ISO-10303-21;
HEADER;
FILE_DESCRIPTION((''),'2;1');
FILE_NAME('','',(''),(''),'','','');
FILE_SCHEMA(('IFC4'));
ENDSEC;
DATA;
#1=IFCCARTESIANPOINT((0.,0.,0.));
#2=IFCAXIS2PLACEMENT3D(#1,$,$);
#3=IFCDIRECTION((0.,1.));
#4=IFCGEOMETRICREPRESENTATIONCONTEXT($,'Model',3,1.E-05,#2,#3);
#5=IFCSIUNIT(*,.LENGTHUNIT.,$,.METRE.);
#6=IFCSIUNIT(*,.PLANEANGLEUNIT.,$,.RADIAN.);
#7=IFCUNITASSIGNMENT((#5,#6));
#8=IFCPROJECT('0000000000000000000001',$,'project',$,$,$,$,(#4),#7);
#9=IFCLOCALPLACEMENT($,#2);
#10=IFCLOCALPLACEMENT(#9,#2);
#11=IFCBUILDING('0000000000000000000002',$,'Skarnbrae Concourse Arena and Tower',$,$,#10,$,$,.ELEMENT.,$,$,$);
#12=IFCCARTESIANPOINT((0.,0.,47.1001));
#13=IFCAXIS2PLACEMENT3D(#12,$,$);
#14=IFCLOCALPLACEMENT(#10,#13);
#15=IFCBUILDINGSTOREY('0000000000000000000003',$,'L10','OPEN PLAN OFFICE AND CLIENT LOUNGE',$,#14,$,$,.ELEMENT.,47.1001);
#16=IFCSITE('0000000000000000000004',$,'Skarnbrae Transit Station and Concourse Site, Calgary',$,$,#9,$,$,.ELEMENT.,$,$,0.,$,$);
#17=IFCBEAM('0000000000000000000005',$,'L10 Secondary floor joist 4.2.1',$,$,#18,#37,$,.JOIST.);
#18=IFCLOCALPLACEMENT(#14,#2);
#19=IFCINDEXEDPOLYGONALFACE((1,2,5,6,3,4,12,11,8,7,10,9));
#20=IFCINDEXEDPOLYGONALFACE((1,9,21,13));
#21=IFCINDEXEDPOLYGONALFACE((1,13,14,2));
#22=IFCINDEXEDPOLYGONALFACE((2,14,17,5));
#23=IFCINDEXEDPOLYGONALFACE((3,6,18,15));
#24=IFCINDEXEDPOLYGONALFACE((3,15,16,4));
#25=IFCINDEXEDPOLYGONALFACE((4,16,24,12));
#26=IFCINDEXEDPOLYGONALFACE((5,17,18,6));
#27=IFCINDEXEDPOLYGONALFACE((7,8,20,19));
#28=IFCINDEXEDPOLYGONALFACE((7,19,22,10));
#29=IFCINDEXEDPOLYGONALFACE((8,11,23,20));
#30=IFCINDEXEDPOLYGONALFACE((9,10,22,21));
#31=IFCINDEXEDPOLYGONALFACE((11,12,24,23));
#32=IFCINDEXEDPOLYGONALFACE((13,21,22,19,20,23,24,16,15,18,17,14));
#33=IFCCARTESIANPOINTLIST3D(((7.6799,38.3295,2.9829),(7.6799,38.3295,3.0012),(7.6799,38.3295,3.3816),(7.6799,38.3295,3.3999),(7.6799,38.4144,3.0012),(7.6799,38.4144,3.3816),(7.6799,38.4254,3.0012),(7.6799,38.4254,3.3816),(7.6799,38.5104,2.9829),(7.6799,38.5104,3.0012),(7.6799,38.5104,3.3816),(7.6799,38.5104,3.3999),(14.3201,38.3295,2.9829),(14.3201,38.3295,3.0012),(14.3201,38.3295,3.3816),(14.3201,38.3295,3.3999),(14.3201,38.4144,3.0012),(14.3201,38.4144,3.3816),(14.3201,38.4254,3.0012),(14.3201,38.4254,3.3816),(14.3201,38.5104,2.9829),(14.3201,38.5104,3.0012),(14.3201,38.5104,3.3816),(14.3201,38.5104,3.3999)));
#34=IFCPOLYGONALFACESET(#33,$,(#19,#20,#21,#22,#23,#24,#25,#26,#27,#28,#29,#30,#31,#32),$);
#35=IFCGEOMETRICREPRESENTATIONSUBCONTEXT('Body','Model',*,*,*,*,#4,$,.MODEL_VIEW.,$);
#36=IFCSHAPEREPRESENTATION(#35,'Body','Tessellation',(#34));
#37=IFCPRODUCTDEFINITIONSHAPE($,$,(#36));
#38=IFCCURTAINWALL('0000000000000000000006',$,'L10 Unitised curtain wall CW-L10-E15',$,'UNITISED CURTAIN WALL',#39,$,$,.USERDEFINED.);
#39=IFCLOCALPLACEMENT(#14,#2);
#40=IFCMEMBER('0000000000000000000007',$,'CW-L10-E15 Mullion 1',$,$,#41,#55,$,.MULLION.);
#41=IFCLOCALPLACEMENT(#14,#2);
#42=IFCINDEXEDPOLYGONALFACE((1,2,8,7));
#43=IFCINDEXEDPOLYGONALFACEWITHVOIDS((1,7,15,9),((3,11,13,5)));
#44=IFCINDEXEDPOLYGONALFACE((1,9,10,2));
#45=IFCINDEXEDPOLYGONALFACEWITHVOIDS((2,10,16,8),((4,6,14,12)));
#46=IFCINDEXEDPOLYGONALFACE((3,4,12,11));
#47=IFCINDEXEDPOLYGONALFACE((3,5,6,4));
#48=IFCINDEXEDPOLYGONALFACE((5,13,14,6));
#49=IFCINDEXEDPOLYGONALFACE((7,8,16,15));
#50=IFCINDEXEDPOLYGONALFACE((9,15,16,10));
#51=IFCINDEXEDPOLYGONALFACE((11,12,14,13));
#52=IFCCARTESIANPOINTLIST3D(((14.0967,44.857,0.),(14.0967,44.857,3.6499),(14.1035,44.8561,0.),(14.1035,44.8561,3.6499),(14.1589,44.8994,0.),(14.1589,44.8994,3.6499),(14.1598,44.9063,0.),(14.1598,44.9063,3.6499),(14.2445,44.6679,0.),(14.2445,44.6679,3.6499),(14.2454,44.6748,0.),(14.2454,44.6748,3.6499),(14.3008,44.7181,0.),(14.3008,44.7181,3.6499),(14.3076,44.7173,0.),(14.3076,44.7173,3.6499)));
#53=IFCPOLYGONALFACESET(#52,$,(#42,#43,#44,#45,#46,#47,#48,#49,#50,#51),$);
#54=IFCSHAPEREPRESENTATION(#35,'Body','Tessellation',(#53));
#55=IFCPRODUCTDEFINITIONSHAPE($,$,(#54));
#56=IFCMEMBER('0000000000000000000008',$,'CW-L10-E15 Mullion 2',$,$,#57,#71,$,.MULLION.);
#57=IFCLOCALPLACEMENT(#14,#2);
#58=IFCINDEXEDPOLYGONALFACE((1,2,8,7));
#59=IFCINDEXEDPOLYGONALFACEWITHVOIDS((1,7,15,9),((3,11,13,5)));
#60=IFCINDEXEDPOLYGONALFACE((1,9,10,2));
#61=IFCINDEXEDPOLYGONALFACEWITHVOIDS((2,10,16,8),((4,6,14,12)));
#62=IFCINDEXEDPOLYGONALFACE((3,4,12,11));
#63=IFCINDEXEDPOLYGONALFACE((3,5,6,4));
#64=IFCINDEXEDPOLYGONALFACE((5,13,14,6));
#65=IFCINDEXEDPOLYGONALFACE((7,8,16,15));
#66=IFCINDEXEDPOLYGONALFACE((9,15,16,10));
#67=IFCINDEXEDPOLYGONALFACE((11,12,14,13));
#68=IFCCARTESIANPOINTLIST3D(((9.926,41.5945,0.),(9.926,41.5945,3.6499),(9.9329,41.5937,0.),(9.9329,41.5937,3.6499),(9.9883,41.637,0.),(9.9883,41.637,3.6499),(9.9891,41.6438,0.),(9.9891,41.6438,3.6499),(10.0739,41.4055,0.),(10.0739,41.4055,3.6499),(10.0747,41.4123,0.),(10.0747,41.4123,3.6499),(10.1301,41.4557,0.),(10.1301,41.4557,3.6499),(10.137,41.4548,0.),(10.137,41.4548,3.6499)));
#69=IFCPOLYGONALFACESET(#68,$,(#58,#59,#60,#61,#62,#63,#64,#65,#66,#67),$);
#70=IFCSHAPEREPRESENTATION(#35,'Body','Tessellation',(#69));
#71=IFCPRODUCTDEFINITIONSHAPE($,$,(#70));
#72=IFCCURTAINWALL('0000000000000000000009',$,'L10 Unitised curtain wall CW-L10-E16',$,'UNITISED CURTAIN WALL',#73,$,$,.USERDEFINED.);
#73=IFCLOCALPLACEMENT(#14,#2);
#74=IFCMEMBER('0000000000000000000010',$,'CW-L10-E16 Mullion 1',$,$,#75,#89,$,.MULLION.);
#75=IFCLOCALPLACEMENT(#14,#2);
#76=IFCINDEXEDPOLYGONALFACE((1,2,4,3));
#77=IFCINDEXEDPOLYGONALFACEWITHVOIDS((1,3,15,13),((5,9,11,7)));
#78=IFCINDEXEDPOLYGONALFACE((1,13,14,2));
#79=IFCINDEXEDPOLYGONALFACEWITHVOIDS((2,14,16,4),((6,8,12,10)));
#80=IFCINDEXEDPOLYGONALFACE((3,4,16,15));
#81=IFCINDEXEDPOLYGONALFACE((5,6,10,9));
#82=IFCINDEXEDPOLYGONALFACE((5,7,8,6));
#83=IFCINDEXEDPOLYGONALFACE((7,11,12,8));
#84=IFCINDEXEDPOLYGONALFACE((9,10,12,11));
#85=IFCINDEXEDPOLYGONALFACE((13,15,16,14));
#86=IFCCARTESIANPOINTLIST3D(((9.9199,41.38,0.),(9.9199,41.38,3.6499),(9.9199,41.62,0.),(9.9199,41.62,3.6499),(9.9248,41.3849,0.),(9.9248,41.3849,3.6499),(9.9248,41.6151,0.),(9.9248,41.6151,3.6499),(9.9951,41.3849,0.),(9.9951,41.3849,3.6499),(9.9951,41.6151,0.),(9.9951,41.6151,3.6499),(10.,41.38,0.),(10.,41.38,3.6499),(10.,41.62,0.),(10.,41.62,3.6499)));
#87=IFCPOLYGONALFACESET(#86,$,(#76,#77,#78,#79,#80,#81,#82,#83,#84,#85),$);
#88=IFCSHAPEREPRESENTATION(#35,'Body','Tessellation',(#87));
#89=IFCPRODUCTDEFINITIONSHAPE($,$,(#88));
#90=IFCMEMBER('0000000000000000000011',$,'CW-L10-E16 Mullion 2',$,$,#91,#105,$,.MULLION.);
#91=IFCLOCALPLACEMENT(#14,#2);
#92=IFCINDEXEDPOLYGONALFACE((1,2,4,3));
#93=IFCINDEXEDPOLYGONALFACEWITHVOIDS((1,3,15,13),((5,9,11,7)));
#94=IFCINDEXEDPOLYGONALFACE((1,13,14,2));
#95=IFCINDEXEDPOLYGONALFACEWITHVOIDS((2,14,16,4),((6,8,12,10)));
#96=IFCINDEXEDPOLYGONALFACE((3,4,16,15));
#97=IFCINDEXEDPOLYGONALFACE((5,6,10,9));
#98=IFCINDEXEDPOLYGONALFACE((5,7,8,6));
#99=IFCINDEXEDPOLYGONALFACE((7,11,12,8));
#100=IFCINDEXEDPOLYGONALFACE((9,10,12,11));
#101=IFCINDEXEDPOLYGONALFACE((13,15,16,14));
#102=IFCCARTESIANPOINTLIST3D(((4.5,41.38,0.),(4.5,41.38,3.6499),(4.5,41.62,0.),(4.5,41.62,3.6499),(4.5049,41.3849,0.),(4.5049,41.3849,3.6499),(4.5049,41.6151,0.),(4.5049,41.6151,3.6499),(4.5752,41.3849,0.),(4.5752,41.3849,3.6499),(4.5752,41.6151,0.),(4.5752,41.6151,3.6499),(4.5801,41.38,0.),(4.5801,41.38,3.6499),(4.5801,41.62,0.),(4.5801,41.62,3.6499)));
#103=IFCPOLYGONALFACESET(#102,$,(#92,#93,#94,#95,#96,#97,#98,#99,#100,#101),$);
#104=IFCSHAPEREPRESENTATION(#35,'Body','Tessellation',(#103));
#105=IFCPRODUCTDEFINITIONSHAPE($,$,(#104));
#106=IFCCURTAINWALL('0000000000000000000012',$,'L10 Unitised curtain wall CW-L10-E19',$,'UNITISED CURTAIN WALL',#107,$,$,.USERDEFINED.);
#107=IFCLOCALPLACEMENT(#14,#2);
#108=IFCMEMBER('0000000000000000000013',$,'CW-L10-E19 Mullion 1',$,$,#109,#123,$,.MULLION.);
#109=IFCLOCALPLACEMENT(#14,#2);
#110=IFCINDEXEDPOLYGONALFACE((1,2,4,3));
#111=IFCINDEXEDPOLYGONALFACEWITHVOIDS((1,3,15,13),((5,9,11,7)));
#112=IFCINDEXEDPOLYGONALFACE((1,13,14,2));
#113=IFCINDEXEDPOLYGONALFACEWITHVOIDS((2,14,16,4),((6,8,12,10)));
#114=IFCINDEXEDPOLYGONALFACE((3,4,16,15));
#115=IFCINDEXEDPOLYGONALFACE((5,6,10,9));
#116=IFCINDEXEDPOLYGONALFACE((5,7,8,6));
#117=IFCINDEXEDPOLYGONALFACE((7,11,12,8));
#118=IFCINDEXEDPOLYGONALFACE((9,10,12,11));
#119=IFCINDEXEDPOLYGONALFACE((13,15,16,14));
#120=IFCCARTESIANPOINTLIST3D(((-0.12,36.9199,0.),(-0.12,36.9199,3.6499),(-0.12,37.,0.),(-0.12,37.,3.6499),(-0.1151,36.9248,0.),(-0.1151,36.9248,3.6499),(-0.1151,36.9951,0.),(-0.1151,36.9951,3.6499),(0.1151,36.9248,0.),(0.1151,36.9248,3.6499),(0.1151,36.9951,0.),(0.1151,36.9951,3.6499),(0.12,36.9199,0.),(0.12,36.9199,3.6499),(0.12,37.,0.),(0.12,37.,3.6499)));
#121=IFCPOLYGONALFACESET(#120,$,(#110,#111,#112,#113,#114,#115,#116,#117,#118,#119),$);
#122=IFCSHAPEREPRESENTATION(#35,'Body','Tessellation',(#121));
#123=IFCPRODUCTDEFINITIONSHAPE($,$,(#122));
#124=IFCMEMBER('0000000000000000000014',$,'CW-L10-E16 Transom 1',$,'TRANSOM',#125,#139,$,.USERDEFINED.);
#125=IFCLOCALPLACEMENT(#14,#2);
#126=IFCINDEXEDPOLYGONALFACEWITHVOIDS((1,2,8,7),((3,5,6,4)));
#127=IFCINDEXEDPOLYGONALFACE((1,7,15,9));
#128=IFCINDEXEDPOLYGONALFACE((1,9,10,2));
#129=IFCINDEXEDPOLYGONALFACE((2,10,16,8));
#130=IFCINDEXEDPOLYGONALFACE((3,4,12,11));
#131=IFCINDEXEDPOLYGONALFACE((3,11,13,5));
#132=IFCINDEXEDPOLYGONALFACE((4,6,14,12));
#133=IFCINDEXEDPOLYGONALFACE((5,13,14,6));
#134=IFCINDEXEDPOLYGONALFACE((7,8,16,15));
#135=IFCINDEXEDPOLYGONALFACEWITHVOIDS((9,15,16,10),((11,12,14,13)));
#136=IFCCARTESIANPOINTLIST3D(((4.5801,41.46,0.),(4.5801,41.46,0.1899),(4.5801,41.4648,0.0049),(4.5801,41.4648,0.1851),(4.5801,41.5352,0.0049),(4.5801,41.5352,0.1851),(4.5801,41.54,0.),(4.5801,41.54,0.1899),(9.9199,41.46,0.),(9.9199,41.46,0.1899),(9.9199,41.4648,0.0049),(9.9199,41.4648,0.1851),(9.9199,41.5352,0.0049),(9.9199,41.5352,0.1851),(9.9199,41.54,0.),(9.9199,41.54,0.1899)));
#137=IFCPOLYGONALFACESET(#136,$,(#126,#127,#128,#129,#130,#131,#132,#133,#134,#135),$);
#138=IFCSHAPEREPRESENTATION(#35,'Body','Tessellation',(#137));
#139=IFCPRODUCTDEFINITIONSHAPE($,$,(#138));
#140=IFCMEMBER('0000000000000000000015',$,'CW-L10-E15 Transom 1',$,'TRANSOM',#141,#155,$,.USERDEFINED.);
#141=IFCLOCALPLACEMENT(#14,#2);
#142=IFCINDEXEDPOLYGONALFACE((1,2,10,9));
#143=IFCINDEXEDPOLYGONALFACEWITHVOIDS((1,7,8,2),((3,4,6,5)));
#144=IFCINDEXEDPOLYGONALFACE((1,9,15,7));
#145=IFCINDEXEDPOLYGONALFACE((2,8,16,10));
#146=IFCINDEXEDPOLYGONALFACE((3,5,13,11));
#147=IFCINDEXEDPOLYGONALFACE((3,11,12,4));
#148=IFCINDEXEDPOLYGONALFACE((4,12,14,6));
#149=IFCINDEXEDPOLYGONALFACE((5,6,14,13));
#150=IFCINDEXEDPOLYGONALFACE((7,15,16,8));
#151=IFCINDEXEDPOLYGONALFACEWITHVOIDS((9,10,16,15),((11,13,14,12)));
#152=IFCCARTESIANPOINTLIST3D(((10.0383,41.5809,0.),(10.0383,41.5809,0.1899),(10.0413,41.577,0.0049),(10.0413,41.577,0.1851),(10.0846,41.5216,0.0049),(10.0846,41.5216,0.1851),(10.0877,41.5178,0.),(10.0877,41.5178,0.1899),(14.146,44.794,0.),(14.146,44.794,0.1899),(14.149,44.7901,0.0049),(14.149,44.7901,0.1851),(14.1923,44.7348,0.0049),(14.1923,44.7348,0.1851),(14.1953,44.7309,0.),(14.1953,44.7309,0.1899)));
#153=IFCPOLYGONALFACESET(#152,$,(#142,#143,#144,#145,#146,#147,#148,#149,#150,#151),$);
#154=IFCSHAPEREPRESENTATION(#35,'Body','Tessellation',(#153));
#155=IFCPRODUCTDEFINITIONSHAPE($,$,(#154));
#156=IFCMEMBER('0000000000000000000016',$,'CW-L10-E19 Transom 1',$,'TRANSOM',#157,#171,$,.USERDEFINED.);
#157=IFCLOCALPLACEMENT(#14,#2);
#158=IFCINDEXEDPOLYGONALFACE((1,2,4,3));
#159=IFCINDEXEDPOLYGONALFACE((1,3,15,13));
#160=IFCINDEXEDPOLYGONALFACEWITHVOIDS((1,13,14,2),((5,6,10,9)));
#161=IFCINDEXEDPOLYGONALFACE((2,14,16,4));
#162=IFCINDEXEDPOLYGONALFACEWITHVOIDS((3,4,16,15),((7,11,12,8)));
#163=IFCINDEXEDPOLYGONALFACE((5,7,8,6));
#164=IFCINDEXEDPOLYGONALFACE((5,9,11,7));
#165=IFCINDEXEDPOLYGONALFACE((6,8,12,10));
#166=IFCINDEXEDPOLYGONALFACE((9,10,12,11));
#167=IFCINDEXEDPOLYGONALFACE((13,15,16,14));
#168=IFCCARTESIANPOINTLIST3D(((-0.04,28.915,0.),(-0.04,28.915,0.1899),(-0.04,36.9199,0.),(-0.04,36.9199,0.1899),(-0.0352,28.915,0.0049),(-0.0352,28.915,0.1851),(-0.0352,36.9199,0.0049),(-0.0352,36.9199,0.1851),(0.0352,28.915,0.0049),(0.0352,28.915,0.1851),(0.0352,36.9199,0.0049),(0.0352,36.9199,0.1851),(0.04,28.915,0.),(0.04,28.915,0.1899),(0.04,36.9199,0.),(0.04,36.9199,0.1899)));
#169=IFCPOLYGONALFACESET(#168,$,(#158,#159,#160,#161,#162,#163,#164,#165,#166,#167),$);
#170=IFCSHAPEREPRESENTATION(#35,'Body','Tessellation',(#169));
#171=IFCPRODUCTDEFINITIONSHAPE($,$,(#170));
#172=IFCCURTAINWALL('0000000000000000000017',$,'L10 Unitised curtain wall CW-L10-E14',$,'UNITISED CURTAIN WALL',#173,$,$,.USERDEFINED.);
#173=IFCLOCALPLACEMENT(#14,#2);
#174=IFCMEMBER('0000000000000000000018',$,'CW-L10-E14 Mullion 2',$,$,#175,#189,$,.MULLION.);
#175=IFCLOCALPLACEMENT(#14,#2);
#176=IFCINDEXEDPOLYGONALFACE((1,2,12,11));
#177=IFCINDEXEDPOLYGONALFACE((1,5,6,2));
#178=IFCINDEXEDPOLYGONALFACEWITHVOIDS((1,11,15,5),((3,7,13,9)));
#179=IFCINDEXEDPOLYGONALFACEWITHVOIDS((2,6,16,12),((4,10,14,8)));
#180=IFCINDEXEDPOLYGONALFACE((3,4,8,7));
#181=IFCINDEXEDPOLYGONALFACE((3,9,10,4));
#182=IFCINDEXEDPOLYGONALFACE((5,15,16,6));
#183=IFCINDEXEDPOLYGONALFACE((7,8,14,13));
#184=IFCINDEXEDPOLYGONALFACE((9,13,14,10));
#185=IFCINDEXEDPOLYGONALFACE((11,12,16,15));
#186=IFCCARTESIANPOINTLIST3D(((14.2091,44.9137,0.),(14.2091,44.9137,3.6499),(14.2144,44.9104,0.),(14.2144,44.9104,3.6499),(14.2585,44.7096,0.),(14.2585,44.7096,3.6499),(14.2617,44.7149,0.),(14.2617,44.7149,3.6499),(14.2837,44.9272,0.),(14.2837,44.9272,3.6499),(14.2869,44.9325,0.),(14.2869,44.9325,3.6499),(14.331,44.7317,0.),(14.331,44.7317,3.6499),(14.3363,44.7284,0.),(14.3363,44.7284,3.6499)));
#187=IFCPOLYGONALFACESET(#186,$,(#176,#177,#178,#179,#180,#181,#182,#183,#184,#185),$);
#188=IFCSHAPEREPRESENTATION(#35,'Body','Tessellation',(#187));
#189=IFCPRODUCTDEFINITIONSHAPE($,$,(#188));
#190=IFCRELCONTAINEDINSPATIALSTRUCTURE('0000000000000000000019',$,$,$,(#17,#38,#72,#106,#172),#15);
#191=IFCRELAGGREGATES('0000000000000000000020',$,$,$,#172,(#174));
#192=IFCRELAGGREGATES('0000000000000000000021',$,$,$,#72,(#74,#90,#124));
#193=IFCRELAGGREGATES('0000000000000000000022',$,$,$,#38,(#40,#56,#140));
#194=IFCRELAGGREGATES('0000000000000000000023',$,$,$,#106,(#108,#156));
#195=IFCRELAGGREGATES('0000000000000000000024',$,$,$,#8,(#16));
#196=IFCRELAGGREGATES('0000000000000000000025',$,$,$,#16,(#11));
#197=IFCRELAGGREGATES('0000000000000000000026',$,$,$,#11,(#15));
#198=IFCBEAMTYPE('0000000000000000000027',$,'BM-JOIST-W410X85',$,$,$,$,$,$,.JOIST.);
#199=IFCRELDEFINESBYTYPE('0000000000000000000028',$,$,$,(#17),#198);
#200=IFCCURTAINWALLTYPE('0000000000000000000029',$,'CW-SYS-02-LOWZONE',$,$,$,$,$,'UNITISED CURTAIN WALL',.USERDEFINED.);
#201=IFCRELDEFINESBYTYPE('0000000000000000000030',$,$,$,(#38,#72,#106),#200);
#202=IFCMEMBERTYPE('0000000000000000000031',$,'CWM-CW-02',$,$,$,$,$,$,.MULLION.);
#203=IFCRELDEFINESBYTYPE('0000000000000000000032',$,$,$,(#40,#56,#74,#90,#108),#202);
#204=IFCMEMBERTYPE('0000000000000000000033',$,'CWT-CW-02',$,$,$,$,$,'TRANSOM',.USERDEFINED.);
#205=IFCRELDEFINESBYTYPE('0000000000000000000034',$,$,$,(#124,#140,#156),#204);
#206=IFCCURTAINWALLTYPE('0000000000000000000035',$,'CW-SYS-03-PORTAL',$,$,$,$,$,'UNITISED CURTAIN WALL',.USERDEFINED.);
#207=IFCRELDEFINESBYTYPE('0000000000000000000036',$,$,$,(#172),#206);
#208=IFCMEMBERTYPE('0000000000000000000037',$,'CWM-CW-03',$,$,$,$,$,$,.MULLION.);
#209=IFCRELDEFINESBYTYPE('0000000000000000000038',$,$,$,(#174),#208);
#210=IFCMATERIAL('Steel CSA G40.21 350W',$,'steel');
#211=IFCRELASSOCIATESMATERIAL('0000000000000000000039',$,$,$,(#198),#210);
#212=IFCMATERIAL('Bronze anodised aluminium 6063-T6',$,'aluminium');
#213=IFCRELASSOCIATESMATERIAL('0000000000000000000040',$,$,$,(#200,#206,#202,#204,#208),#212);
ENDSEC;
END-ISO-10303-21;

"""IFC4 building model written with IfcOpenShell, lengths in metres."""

from ifc_helpers import new_model, si_unit, direction, frame, origin, origin_2d, place, context, subcontext, project, spatial, hollow_rectangle, i_section, extrude, source, transform, mapped, material, material_profile, profile_set, type_object, element, aggregate, save


model = new_model("IFC4")

# Units and contexts
model_context = context("Model", 3, precision=1e-05, world=origin(), true_north=direction((0.0, 1.0)))
body_context = subcontext(model_context, "Body", "Model", "MODEL_VIEW")
ifc_project = project(units=[si_unit("LENGTHUNIT", "METRE"), si_unit("PLANEANGLEUNIT", "RADIAN")], contexts=[model_context])

# Site, building, storey
site_placement = place(None, origin())
site = spatial("IfcSite", under=ifc_project, at=site_placement, Name="Skarnbrae Transit Station and Concourse Site, Calgary", CompositionType="ELEMENT", RefElevation=0.0)
building_placement = place(site_placement, origin())
building = spatial("IfcBuilding", under=site, at=building_placement, Name="Skarnbrae Concourse Arena and Tower", CompositionType="ELEMENT")
storey_placement = place(building_placement, frame((0.0, 0.0, 47.1001)))
storey = spatial("IfcBuildingStorey", under=building, at=storey_placement, Name="L10", Description="OPEN PLAN OFFICE AND CLIENT LOUNGE", CompositionType="ELEMENT", Elevation=47.1001)

# Shared definitions
ifc_material_1 = material(Name="Steel CSA G40.21 350W", Category="steel")

# Beam
ifc_material_profile_1 = material_profile(ifc_material_1, i_section(OverallWidth=0.1809, OverallDepth=0.417, WebThickness=0.011, FlangeThickness=0.0183, at=origin_2d()), Name="W410X85")
ifc_profile_set_1 = profile_set([ifc_material_profile_1], Name="Steel CSA G40.21 350W")
beam_type_1 = type_object("IfcBeamType", Name="BM-JOIST-W410X85", PredefinedType="JOIST", material=ifc_profile_set_1)
shared_shape_1 = source(origin(), body_context, "Body", "SweptSolid", [
    extrude(i_section(OverallWidth=0.1809, OverallDepth=0.417, WebThickness=0.011, FlangeThickness=0.0183, at=origin_2d()), origin(), (0.0, 0.0, 1.0), 6.6401),
])
for number, where, z_axis, x_axis, name in (
    (1, (7.6799, 38.4199, 3.1914), (1.0, 0.0, 0.0), (0.0, 1.0, 0.0), "L10 Secondary floor joist 4.2.1"),
):
    element("IfcBeam", number, at=place(storey_placement, frame(where, z_axis=z_axis, x_axis=x_axis)), inside=storey, type_object=beam_type_1, Name=name, PredefinedType="JOIST", context=body_context, shape_type="MappedRepresentation", body=[
        mapped(shared_shape_1, transform((0.0, 0.0, 0.0))),
    ])

# Curtain walls, members
ifc_material_2 = material(Name="Bronze anodised aluminium 6063-T6", Category="aluminium")
curtain_wall_type_1 = type_object("IfcCurtainWallType", Name="CW-SYS-02-LOWZONE", ElementType="UNITISED CURTAIN WALL", PredefinedType="USERDEFINED", material=ifc_material_2)
curtain_wall_1_placement = place(storey_placement, origin())
curtain_wall_1 = element("IfcCurtainWall", 2, at=curtain_wall_1_placement, inside=storey, type_object=curtain_wall_type_1, Name="L10 Unitised curtain wall CW-L10-E15", ObjectType="UNITISED CURTAIN WALL", PredefinedType="USERDEFINED")
ifc_material_profile_2 = material_profile(ifc_material_2, hollow_rectangle(XDim=0.0801, YDim=0.24, WallThickness=0.0049, at=origin_2d()), Name="ALU-MULL-80X240")
ifc_profile_set_2 = profile_set([ifc_material_profile_2], Name="Bronze anodised aluminium 6063-T6")
member_type_1 = type_object("IfcMemberType", Name="CWM-CW-02", PredefinedType="MULLION", material=ifc_profile_set_2)
shared_shape_2 = source(origin(), body_context, "Body", "SweptSolid", [
    extrude(hollow_rectangle(XDim=0.0801, YDim=0.24, WallThickness=0.0049, at=origin_2d()), origin(), (0.0, 0.0, 1.0), 3.6499),
])
member_1_placement = place(storey_placement, frame((14.2021, 44.7871, 0.0), z_axis=(0.0, 0.0, 1.0), x_axis=(-0.787652, -0.616121, 0.0)))
member_1 = element("IfcMember", 3, at=member_1_placement, type_object=member_type_1, Name="CW-L10-E15 Mullion 1", PredefinedType="MULLION", context=body_context, shape_type="MappedRepresentation", body=[
    mapped(shared_shape_2, transform((0.0, 0.0, 0.0))),
])
member_2_placement = place(storey_placement, frame((10.0315, 41.5247, 0.0), z_axis=(0.0, 0.0, 1.0), x_axis=(-0.787652, -0.616121, 0.0)))
member_2 = element("IfcMember", 4, at=member_2_placement, type_object=member_type_1, Name="CW-L10-E15 Mullion 2", PredefinedType="MULLION", context=body_context, shape_type="MappedRepresentation", body=[
    mapped(shared_shape_2, transform((0.0, 0.0, 0.0))),
])
curtain_wall_2_placement = place(storey_placement, origin())
curtain_wall_2 = element("IfcCurtainWall", 5, at=curtain_wall_2_placement, inside=storey, type_object=curtain_wall_type_1, Name="L10 Unitised curtain wall CW-L10-E16", ObjectType="UNITISED CURTAIN WALL", PredefinedType="USERDEFINED")
member_3_placement = place(storey_placement, frame((9.96, 41.5, 0.0), z_axis=(0.0, 0.0, 1.0), x_axis=(-1.0, 0.0, 0.0)))
member_3 = element("IfcMember", 6, at=member_3_placement, type_object=member_type_1, Name="CW-L10-E16 Mullion 1", PredefinedType="MULLION", context=body_context, shape_type="MappedRepresentation", body=[
    mapped(shared_shape_2, transform((0.0, 0.0, 0.0))),
])
member_4_placement = place(storey_placement, frame((4.54, 41.5, 0.0), z_axis=(0.0, 0.0, 1.0), x_axis=(-1.0, 0.0, 0.0)))
member_4 = element("IfcMember", 7, at=member_4_placement, type_object=member_type_1, Name="CW-L10-E16 Mullion 2", PredefinedType="MULLION", context=body_context, shape_type="MappedRepresentation", body=[
    mapped(shared_shape_2, transform((0.0, 0.0, 0.0))),
])

# Curtain wall, member
curtain_wall_3_placement = place(storey_placement, origin())
curtain_wall_3 = element("IfcCurtainWall", 8, at=curtain_wall_3_placement, inside=storey, type_object=curtain_wall_type_1, Name="L10 Unitised curtain wall CW-L10-E19", ObjectType="UNITISED CURTAIN WALL", PredefinedType="USERDEFINED")
member_5_placement = place(storey_placement, frame((0.0, 36.96, 0.0), z_axis=(0.0, 0.0, 1.0), x_axis=(0.0, -1.0, 0.0)))
member_5 = element("IfcMember", 9, at=member_5_placement, type_object=member_type_1, Name="CW-L10-E19 Mullion 1", PredefinedType="MULLION", context=body_context, shape_type="MappedRepresentation", body=[
    mapped(shared_shape_2, transform((0.0, 0.0, 0.0))),
])

# Members
ifc_material_profile_3 = material_profile(ifc_material_2, hollow_rectangle(XDim=0.0801, YDim=0.1899, WallThickness=0.0049, at=origin_2d()), Name="ALU-TRAN-80X190")
ifc_profile_set_3 = profile_set([ifc_material_profile_3], Name="Bronze anodised aluminium 6063-T6")
member_type_2 = type_object("IfcMemberType", Name="CWT-CW-02", ElementType="TRANSOM", PredefinedType="USERDEFINED", material=ifc_profile_set_3)
shared_shape_3 = source(origin(), body_context, "Body", "SweptSolid", [
    extrude(hollow_rectangle(XDim=0.0801, YDim=0.1899, WallThickness=0.0049, at=origin_2d()), origin(), (0.0, 0.0, 1.0), 5.3398),
])
member_6_placement = place(storey_placement, frame((9.9199, 41.5, 0.095), z_axis=(-1.0, 0.0, 0.0), x_axis=(0.0, -1.0, 0.0)))
member_6 = element("IfcMember", 10, at=member_6_placement, type_object=member_type_2, Name="CW-L10-E16 Transom 1", ObjectType="TRANSOM", PredefinedType="USERDEFINED", context=body_context, shape_type="MappedRepresentation", body=[
    mapped(shared_shape_3, transform((0.0, 0.0, 0.0))),
])
shared_shape_4 = source(origin(), body_context, "Body", "SweptSolid", [
    extrude(hollow_rectangle(XDim=0.0801, YDim=0.1899, WallThickness=0.0049, at=origin_2d()), origin(), (0.0, 0.0, 1.0), 5.2151),
])
member_7_placement = place(storey_placement, frame((14.1707, 44.7625, 0.095), z_axis=(-0.78765, -0.616123, 0.0), x_axis=(0.616123, -0.78765, 0.0)))
member_7 = element("IfcMember", 11, at=member_7_placement, type_object=member_type_2, Name="CW-L10-E15 Transom 1", ObjectType="TRANSOM", PredefinedType="USERDEFINED", context=body_context, shape_type="MappedRepresentation", body=[
    mapped(shared_shape_4, transform((0.0, 0.0, 0.0))),
])
shared_shape_5 = source(origin(), body_context, "Body", "SweptSolid", [
    extrude(hollow_rectangle(XDim=0.0801, YDim=0.1899, WallThickness=0.0049, at=origin_2d()), origin(), (0.0, 0.0, 1.0), 8.0049),
])
member_8_placement = place(storey_placement, frame((0.0, 36.9199, 0.095), z_axis=(0.0, -1.0, 0.0), x_axis=(1.0, 0.0, 0.0)))
member_8 = element("IfcMember", 12, at=member_8_placement, type_object=member_type_2, Name="CW-L10-E19 Transom 1", ObjectType="TRANSOM", PredefinedType="USERDEFINED", context=body_context, shape_type="MappedRepresentation", body=[
    mapped(shared_shape_5, transform((0.0, 0.0, 0.0))),
])

# Curtain wall, member
curtain_wall_type_2 = type_object("IfcCurtainWallType", Name="CW-SYS-03-PORTAL", ElementType="UNITISED CURTAIN WALL", PredefinedType="USERDEFINED", material=ifc_material_2)
curtain_wall_4_placement = place(storey_placement, origin())
curtain_wall_4 = element("IfcCurtainWall", 13, at=curtain_wall_4_placement, inside=storey, type_object=curtain_wall_type_2, Name="L10 Unitised curtain wall CW-L10-E14", ObjectType="UNITISED CURTAIN WALL", PredefinedType="USERDEFINED")
ifc_material_profile_4 = material_profile(ifc_material_2, hollow_rectangle(XDim=0.0801, YDim=0.21, WallThickness=0.0044, at=origin_2d()), Name="ALU-MULL-80X210")
ifc_profile_set_4 = profile_set([ifc_material_profile_4], Name="Bronze anodised aluminium 6063-T6")
member_type_3 = type_object("IfcMemberType", Name="CWM-CW-03", PredefinedType="MULLION", material=ifc_profile_set_4)
shared_shape_6 = source(origin(), body_context, "Body", "SweptSolid", [
    extrude(hollow_rectangle(XDim=0.0801, YDim=0.21, WallThickness=0.0044, at=origin_2d()), origin(), (0.0, 0.0, 1.0), 3.6499),
])
member_9_placement = place(storey_placement, frame((14.2727, 44.821, 0.0), z_axis=(0.0, 0.0, 1.0), x_axis=(-0.971974, -0.23509, 0.0)))
member_9 = element("IfcMember", 14, at=member_9_placement, type_object=member_type_3, Name="CW-L10-E14 Mullion 2", PredefinedType="MULLION", context=body_context, shape_type="MappedRepresentation", body=[
    mapped(shared_shape_6, transform((0.0, 0.0, 0.0))),
])
aggregate(curtain_wall_4, [member_9])

aggregate(curtain_wall_2, [member_3, member_4, member_6])
aggregate(curtain_wall_1, [member_1, member_2, member_7])
aggregate(curtain_wall_3, [member_5, member_8])

save(model, "model.ifc")
